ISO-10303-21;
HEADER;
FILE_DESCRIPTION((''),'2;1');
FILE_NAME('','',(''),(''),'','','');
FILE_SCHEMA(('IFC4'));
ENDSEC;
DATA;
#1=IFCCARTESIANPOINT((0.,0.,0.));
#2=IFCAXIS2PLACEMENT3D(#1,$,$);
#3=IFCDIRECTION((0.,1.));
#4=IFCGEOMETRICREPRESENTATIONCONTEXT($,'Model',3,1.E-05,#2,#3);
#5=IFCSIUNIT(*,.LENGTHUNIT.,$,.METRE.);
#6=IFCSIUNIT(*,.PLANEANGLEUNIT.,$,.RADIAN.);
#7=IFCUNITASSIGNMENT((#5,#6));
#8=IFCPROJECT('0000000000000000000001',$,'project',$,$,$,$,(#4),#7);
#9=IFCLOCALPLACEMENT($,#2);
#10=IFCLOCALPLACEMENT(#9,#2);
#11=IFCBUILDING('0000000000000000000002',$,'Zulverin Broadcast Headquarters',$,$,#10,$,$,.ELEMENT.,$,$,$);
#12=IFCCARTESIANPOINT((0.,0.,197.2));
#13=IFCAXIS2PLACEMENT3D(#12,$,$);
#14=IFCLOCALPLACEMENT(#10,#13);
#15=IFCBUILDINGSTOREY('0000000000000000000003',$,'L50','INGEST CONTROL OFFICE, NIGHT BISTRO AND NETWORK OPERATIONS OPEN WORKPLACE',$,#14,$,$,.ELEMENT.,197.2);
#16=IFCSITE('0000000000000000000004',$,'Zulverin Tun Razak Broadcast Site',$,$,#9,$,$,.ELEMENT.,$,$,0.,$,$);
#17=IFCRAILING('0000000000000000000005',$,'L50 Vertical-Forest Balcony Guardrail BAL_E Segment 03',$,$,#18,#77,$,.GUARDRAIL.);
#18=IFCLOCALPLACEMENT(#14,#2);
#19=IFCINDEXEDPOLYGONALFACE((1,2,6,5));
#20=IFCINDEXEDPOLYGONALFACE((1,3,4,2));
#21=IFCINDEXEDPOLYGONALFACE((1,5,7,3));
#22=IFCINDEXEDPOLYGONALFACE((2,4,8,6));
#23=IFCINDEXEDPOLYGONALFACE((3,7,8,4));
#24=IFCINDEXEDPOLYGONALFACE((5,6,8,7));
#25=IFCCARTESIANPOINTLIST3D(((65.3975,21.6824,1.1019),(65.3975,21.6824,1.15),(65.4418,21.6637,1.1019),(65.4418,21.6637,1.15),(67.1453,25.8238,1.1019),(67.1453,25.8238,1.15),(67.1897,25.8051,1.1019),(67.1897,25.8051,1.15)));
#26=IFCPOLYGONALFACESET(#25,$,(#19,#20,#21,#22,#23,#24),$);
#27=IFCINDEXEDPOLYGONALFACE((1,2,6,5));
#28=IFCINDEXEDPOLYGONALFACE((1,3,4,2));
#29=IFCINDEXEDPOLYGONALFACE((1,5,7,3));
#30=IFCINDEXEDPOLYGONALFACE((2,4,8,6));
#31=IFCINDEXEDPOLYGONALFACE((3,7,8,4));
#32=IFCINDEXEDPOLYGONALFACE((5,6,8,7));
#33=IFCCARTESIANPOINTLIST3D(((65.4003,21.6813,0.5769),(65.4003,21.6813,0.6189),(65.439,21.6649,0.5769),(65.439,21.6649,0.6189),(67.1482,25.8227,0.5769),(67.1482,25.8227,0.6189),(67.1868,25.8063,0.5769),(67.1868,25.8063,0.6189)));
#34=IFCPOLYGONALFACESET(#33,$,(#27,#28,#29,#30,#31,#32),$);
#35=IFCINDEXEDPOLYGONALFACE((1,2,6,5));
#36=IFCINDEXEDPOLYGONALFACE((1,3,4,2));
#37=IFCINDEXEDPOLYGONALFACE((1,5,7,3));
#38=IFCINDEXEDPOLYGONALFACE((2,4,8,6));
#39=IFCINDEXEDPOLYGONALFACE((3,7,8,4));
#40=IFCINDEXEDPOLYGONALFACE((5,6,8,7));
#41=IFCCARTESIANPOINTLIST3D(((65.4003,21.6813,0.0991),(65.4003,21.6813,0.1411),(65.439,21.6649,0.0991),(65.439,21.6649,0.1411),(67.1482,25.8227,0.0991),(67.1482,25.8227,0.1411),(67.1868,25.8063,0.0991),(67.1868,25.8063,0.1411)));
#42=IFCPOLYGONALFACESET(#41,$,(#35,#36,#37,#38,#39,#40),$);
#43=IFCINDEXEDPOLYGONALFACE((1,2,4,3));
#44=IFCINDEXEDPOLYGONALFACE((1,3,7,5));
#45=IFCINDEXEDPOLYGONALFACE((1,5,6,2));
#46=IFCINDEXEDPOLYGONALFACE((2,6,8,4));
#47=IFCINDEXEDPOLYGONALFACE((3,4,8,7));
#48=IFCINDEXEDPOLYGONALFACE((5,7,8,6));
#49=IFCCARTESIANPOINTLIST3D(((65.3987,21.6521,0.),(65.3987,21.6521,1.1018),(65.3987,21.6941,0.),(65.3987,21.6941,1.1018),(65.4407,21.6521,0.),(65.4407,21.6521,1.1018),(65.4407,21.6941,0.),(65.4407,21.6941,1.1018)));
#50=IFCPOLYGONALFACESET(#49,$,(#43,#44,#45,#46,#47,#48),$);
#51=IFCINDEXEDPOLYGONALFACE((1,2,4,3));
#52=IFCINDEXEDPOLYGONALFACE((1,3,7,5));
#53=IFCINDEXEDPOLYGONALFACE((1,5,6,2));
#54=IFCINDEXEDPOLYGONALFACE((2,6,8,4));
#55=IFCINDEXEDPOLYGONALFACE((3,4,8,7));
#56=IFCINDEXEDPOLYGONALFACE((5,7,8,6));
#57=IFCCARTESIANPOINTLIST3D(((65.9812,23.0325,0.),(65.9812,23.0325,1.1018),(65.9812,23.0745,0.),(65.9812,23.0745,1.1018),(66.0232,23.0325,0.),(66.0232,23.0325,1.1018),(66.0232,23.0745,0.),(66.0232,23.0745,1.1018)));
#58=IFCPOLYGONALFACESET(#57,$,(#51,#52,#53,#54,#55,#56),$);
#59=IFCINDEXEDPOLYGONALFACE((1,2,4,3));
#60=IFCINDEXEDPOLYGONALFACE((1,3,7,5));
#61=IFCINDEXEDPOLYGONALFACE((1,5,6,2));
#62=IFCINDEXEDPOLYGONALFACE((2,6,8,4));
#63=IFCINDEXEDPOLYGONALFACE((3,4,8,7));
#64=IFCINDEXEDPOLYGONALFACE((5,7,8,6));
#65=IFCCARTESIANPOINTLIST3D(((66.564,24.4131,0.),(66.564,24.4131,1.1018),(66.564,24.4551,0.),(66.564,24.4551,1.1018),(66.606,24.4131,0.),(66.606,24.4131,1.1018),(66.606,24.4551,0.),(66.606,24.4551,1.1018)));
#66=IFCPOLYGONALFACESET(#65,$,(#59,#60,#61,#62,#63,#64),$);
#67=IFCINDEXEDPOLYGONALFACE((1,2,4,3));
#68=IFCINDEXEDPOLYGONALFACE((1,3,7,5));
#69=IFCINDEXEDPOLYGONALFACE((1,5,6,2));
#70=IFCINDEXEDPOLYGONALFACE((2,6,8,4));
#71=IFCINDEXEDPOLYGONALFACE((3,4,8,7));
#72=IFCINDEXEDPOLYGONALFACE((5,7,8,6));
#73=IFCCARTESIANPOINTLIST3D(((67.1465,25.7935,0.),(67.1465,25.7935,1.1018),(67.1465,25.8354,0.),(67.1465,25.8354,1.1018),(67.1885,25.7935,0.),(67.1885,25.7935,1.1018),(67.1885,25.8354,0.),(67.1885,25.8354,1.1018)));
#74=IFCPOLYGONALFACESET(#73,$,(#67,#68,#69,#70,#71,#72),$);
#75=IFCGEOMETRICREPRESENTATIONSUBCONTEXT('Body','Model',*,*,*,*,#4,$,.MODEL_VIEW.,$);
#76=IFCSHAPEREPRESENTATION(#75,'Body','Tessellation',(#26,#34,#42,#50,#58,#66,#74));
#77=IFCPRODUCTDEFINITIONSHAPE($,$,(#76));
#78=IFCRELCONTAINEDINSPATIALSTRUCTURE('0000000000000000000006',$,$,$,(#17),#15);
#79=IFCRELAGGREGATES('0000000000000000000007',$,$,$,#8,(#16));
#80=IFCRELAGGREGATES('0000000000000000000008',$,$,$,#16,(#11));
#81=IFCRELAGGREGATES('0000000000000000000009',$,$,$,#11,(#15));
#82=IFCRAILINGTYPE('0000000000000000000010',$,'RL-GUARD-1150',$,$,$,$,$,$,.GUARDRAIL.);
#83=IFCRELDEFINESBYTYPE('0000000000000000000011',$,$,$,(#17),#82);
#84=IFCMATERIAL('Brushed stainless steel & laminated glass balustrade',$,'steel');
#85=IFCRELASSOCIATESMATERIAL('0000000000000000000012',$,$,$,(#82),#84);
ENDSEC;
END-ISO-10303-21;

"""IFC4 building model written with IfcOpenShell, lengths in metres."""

from ifc_helpers import new_model, si_unit, direction, frame, origin, origin_2d, place, context, subcontext, project, spatial, rectangle, extrude, material, type_object, element, save


model = new_model("IFC4")

# Units and contexts
model_context = context("Model", 3, precision=1e-05, world=origin(), true_north=direction((0.0, 1.0)))
body_context = subcontext(model_context, "Body", "Model", "MODEL_VIEW")
ifc_project = project(units=[si_unit("LENGTHUNIT", "METRE"), si_unit("PLANEANGLEUNIT", "RADIAN")], contexts=[model_context])

# Site, building, storey
site_placement = place(None, origin())
site = spatial("IfcSite", under=ifc_project, at=site_placement, Name="Zulverin Tun Razak Broadcast Site", CompositionType="ELEMENT", RefElevation=0.0)
building_placement = place(site_placement, origin())
building = spatial("IfcBuilding", under=site, at=building_placement, Name="Zulverin Broadcast Headquarters", CompositionType="ELEMENT")
storey_placement = place(building_placement, frame((0.0, 0.0, 197.2)))
storey = spatial("IfcBuildingStorey", under=building, at=storey_placement, Name="L50", Description="INGEST CONTROL OFFICE, NIGHT BISTRO AND NETWORK OPERATIONS OPEN WORKPLACE", CompositionType="ELEMENT", Elevation=197.2)

# Railing
ifc_material_1 = material(Name="Brushed stainless steel & laminated glass balustrade", Category="steel")
railing_type = type_object("IfcRailingType", Name="RL-GUARD-1150", PredefinedType="GUARDRAIL", material=ifc_material_1)
railing_1_placement = place(storey_placement, frame((65.4197, 21.6731, 0.0)))
element("IfcRailing", 1, at=railing_1_placement, inside=storey, type_object=railing_type, Name="L50 Vertical-Forest Balcony Guardrail BAL_E Segment 03", PredefinedType="GUARDRAIL", context=body_context, shape_type="SweptSolid", body=[
    extrude(rectangle(XDim=0.0481, YDim=0.0481, at=origin_2d()), frame((0.0, 0.0, 1.126), z_axis=(0.388827, 0.921311, 0.0), x_axis=(-0.921311, 0.388827, 0.0)), (0.0, 0.0, 1.0), 4.4951),
    extrude(rectangle(XDim=0.042, YDim=0.042, at=origin_2d()), frame((0.0, 0.0, 0.5979), z_axis=(0.388827, 0.921311, 0.0), x_axis=(-0.921311, 0.388827, 0.0)), (0.0, 0.0, 1.0), 4.4951),
    extrude(rectangle(XDim=0.042, YDim=0.042, at=origin_2d()), frame((0.0, 0.0, 0.1201), z_axis=(0.388827, 0.921311, 0.0), x_axis=(-0.921311, 0.388827, 0.0)), (0.0, 0.0, 1.0), 4.4951),
    extrude(rectangle(XDim=0.042, YDim=0.042, at=origin_2d()), origin(), (0.0, 0.0, 1.0), 1.1018),
    extrude(rectangle(XDim=0.042, YDim=0.042, at=origin_2d()), frame((0.5825, 1.3804, 0.0)), (0.0, 0.0, 1.0), 1.1018),
    extrude(rectangle(XDim=0.042, YDim=0.042, at=origin_2d()), frame((1.1653, 2.761, 0.0)), (0.0, 0.0, 1.0), 1.1018),
    extrude(rectangle(XDim=0.042, YDim=0.042, at=origin_2d()), frame((1.7478, 4.1414, 0.0)), (0.0, 0.0, 1.0), 1.1018),
])

save(model, "model.ifc")
